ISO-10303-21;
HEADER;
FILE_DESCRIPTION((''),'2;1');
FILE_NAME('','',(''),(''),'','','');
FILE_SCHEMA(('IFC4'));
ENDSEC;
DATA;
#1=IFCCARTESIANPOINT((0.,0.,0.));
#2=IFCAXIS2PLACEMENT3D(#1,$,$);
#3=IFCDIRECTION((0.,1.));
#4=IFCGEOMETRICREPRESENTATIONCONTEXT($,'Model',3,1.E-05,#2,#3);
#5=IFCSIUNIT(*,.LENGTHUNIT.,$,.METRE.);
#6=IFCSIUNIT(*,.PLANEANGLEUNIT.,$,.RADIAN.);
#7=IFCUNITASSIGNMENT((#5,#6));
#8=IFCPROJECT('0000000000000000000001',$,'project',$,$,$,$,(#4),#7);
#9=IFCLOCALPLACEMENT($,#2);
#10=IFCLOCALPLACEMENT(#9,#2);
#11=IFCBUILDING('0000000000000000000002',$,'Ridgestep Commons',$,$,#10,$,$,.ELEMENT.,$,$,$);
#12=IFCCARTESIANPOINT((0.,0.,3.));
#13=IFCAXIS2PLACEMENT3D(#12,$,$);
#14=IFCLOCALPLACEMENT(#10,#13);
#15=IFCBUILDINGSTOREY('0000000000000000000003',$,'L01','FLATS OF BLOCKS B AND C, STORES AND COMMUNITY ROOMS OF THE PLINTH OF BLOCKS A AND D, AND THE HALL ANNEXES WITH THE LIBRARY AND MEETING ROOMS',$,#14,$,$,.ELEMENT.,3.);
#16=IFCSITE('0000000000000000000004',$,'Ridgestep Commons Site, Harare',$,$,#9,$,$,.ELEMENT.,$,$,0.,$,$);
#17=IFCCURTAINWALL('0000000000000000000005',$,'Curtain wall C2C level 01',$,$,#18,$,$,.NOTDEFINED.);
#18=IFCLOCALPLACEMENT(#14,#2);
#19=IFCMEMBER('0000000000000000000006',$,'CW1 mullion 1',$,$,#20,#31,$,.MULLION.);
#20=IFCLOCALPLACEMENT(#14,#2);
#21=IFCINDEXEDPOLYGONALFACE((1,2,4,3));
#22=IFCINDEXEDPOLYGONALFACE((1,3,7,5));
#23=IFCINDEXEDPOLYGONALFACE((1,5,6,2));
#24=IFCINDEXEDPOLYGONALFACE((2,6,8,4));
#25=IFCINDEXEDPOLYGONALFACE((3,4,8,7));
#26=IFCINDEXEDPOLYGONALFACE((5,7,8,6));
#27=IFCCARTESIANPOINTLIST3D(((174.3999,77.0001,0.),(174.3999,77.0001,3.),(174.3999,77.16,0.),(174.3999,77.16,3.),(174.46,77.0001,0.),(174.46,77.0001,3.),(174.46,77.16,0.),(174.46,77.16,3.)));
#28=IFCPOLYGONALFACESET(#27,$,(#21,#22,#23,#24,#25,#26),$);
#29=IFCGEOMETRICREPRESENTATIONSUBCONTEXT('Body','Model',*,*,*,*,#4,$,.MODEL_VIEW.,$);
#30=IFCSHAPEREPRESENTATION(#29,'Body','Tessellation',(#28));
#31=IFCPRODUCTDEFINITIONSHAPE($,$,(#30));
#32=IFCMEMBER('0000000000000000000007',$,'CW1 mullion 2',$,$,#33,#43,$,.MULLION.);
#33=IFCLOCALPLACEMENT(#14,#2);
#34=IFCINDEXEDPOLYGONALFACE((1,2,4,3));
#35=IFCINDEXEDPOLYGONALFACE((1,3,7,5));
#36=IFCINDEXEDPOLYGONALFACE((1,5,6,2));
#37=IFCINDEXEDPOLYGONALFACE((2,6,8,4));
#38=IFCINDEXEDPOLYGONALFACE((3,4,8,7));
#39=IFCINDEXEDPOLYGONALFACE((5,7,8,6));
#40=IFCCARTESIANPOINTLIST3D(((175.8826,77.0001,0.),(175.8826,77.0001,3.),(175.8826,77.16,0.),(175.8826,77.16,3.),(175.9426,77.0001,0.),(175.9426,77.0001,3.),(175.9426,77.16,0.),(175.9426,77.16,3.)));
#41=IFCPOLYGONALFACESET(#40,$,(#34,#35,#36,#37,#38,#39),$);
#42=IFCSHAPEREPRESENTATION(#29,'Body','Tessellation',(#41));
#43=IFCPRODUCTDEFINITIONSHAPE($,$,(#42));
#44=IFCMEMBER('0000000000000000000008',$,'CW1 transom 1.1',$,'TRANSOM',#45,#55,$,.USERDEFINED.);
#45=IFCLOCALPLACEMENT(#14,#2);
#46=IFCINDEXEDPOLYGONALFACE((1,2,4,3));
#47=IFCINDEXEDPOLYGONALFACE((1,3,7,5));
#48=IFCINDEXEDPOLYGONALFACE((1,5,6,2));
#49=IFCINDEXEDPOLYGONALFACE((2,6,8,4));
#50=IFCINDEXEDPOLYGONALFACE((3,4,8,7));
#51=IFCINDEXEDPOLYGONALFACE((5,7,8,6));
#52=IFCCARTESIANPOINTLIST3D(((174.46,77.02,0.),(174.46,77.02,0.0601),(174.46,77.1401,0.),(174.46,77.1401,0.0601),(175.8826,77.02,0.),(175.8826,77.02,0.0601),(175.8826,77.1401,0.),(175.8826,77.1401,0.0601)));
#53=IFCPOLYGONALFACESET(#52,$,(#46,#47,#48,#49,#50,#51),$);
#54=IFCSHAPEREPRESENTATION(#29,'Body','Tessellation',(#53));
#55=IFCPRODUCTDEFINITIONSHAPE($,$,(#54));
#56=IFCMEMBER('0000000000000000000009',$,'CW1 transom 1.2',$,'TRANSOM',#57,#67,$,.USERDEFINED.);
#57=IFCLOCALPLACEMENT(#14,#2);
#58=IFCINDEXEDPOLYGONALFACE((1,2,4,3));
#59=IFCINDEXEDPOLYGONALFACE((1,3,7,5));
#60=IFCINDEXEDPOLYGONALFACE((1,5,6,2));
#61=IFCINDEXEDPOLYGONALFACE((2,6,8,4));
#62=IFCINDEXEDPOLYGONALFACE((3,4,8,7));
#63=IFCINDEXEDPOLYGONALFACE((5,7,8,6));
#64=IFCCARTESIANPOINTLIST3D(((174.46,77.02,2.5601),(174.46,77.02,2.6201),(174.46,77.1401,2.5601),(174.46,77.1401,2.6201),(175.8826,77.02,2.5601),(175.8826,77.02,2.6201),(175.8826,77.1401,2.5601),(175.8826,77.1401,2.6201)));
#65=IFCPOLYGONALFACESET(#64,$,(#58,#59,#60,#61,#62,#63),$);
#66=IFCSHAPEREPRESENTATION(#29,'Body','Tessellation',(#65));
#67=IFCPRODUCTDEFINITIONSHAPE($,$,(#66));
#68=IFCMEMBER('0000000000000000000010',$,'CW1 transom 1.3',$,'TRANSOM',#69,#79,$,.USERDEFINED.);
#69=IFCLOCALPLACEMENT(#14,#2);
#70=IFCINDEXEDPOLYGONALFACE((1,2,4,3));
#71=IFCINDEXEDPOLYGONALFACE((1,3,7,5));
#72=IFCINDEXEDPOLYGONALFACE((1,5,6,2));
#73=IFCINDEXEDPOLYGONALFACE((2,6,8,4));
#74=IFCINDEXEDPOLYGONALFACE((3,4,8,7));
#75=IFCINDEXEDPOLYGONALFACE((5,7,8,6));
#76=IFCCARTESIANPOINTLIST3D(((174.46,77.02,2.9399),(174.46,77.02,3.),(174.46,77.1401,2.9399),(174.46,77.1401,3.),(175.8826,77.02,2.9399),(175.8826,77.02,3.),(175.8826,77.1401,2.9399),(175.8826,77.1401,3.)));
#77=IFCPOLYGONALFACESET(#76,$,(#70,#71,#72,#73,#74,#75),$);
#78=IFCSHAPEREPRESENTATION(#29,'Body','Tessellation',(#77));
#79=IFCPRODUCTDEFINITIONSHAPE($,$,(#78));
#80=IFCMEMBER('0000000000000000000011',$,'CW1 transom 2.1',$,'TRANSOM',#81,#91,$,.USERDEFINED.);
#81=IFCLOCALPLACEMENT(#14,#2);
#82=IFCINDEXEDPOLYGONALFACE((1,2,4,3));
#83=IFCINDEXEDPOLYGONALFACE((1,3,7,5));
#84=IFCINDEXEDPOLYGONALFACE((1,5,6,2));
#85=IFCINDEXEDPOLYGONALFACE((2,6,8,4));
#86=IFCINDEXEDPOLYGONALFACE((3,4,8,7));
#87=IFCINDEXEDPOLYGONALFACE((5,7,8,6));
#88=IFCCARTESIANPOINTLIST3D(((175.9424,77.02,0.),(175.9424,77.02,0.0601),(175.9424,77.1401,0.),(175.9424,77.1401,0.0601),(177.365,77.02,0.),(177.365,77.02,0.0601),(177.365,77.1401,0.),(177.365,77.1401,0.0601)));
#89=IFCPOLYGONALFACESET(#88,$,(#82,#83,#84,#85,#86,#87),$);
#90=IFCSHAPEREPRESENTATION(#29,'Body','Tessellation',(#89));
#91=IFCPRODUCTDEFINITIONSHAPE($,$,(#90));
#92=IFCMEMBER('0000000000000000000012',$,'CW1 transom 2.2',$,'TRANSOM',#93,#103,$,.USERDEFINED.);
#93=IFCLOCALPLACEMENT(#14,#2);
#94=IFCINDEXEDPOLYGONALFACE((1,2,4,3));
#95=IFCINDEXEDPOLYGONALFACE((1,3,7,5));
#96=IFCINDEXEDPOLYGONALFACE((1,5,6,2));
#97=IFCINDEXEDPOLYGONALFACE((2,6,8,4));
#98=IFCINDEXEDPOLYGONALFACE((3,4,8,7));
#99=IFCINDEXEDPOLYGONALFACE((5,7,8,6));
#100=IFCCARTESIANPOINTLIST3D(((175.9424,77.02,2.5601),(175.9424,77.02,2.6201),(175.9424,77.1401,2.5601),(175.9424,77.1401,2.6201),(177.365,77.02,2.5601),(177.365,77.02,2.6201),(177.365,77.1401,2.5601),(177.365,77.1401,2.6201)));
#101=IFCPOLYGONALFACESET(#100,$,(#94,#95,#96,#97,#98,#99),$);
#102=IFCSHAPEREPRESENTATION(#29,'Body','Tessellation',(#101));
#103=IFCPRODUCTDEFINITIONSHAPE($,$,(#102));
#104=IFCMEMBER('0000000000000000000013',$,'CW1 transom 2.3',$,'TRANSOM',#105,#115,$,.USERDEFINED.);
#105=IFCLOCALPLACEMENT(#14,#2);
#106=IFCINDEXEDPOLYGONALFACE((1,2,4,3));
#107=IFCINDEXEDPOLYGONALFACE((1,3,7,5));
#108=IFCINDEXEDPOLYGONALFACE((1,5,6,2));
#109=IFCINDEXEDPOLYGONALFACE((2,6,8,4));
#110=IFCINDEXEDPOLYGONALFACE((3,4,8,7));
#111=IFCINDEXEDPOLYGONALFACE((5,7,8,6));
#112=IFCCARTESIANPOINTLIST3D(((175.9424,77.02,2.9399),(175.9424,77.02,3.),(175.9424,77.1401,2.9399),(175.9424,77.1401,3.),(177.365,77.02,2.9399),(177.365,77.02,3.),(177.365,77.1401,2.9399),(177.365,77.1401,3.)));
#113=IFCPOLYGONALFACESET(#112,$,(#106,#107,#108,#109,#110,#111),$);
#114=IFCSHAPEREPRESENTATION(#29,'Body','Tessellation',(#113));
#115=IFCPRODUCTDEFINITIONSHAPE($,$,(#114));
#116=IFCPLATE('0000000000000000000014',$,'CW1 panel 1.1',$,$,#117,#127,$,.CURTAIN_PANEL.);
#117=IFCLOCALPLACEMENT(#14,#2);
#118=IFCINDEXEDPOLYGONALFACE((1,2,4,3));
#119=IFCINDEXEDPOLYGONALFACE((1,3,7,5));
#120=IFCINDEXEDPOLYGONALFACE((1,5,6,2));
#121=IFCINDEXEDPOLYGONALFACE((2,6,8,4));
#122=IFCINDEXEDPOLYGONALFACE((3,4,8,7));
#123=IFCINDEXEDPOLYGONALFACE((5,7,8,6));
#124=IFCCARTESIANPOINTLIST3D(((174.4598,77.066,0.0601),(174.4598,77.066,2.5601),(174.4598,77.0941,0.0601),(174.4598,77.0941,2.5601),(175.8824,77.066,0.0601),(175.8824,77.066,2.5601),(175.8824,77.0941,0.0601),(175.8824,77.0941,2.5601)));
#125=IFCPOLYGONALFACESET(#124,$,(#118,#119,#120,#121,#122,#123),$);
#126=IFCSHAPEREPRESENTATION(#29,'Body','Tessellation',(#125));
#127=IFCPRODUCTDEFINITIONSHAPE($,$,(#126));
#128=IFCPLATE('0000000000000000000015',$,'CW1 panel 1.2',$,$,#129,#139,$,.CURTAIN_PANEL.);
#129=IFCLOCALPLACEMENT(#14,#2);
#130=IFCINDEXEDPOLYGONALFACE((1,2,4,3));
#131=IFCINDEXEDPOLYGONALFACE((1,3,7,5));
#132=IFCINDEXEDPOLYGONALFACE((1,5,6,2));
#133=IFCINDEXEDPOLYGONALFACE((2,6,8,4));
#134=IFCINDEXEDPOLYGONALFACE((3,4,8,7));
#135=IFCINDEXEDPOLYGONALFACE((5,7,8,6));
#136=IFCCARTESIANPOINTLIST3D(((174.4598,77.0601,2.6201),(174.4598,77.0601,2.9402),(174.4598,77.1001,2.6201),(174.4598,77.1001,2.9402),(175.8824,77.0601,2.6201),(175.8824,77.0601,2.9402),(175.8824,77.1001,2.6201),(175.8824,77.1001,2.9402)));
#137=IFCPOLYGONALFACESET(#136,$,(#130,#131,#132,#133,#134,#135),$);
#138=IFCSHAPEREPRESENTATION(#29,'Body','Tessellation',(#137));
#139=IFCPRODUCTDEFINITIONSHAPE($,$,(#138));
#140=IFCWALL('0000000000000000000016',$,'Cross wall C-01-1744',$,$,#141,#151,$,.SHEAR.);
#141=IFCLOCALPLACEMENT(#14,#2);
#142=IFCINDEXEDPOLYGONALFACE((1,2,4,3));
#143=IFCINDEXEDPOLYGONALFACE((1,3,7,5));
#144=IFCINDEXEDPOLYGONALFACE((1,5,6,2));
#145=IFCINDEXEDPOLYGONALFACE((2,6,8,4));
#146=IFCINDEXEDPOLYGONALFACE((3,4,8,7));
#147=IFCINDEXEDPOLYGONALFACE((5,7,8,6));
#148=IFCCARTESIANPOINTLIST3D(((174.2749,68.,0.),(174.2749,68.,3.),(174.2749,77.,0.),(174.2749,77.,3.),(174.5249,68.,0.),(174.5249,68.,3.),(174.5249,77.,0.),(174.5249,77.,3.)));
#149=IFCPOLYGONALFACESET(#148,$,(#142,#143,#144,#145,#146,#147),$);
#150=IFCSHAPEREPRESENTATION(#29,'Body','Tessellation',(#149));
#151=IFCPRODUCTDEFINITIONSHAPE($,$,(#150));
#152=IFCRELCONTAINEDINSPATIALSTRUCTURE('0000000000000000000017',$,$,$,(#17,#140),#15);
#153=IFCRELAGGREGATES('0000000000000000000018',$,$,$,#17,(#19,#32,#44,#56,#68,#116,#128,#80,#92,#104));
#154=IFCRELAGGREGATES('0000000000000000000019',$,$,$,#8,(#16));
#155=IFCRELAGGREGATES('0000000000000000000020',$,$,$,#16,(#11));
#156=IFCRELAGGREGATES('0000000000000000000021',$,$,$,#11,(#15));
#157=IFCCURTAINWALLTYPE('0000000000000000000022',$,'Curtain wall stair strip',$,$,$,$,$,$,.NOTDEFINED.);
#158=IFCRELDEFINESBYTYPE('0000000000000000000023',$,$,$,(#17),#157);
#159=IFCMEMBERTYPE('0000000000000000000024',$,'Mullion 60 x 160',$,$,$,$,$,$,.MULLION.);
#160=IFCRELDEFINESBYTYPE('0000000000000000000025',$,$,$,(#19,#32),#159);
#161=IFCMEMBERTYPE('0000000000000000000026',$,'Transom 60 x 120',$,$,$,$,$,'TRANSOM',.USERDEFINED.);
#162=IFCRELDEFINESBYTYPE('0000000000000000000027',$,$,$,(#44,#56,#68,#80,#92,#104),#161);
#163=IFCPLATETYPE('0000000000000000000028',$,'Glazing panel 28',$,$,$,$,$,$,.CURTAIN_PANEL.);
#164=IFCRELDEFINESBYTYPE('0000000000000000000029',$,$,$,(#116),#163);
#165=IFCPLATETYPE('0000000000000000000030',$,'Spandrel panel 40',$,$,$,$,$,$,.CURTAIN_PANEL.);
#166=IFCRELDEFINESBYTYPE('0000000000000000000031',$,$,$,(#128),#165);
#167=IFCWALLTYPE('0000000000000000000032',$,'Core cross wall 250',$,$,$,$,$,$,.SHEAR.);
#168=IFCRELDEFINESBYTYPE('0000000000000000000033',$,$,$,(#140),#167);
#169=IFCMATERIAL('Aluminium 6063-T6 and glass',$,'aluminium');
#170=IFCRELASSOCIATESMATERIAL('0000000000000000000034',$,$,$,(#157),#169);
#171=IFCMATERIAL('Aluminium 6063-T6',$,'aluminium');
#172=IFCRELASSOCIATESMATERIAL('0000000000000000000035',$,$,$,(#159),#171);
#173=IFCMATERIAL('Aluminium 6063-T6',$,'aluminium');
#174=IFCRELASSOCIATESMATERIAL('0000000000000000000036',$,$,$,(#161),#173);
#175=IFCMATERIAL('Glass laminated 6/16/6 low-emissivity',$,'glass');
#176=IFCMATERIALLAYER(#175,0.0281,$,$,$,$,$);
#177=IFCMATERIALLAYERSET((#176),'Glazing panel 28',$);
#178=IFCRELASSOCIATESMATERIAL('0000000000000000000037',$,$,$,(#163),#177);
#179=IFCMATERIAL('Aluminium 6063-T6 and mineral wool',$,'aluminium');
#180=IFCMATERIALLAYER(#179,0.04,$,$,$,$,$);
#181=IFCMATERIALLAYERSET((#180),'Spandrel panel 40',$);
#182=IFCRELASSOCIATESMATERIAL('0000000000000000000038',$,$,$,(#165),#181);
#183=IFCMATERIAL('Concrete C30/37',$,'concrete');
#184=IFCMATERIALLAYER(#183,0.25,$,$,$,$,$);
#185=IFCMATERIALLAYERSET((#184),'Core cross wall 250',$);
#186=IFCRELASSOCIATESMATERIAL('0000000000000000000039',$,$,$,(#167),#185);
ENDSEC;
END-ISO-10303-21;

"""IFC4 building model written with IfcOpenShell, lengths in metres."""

from ifc_helpers import new_model, si_unit, direction, frame, frame_2d, origin, origin_2d, place, context, subcontext, project, spatial, rectangle, extrude, material, layer, layer_set, material_profile, profile_set, type_object, element, aggregate, save


model = new_model("IFC4")

# Units and contexts
model_context = context("Model", 3, precision=1e-05, world=origin(), true_north=direction((0.0, 1.0)))
body_context = subcontext(model_context, "Body", "Model", "MODEL_VIEW")
ifc_project = project(units=[si_unit("LENGTHUNIT", "METRE"), si_unit("PLANEANGLEUNIT", "RADIAN")], contexts=[model_context])

# Site, building, storey
site_placement = place(None, origin())
site = spatial("IfcSite", under=ifc_project, at=site_placement, Name="Ridgestep Commons Site, Harare", CompositionType="ELEMENT", RefElevation=0.0)
building_placement = place(site_placement, origin())
building = spatial("IfcBuilding", under=site, at=building_placement, Name="Ridgestep Commons", CompositionType="ELEMENT")
storey_placement = place(building_placement, frame((0.0, 0.0, 3.0)))
storey = spatial("IfcBuildingStorey", under=building, at=storey_placement, Name="L01", Description="FLATS OF BLOCKS B AND C, STORES AND COMMUNITY ROOMS OF THE PLINTH OF BLOCKS A AND D, AND THE HALL ANNEXES WITH THE LIBRARY AND MEETING ROOMS", CompositionType="ELEMENT", Elevation=3.0)

# Curtain wall, members, plates
ifc_material_1 = material(Name="Aluminium 6063-T6 and glass", Category="aluminium")
curtain_wall_type = type_object("IfcCurtainWallType", Name="Curtain wall stair strip", PredefinedType="NOTDEFINED", material=ifc_material_1)
curtain_wall_placement = place(storey_placement, origin())
curtain_wall = element("IfcCurtainWall", 1, at=curtain_wall_placement, inside=storey, type_object=curtain_wall_type, Name="Curtain wall C2C level 01", PredefinedType="NOTDEFINED")
ifc_material_2 = material(Name="Aluminium 6063-T6", Category="aluminium")
ifc_material_profile_1 = material_profile(ifc_material_2, rectangle(XDim=0.1599, YDim=0.0601, at=origin_2d()), Name="Mullion 60 x 160")
ifc_profile_set_1 = profile_set([ifc_material_profile_1], Name="Aluminium 6063-T6")
member_type_1 = type_object("IfcMemberType", Name="Mullion 60 x 160", PredefinedType="MULLION", material=ifc_profile_set_1)
member_1_placement = place(storey_placement, frame((174.4299, 77.0801, 0.0), z_axis=(0.0, 0.0, 1.0), x_axis=(0.0, 1.0, 0.0)))
member_1 = element("IfcMember", 2, at=member_1_placement, type_object=member_type_1, Name="CW1 mullion 1", PredefinedType="MULLION", context=body_context, shape_type="SweptSolid", body=[
    extrude(rectangle(XDim=0.1599, YDim=0.0601, at=origin_2d()), origin(), (0.0, 0.0, 1.0), 3.0),
])
member_2_placement = place(storey_placement, frame((175.9126, 77.0801, 0.0), z_axis=(0.0, 0.0, 1.0), x_axis=(0.0, 1.0, 0.0)))
member_2 = element("IfcMember", 3, at=member_2_placement, type_object=member_type_1, Name="CW1 mullion 2", PredefinedType="MULLION", context=body_context, shape_type="SweptSolid", body=[
    extrude(rectangle(XDim=0.1599, YDim=0.0601, at=origin_2d()), origin(), (0.0, 0.0, 1.0), 3.0),
])
ifc_material_3 = material(Name="Aluminium 6063-T6", Category="aluminium")
ifc_material_profile_2 = material_profile(ifc_material_3, rectangle(XDim=0.1201, YDim=0.0601, at=origin_2d()), Name="Transom 60 x 120")
ifc_profile_set_2 = profile_set([ifc_material_profile_2], Name="Aluminium 6063-T6")
member_type_2 = type_object("IfcMemberType", Name="Transom 60 x 120", ElementType="TRANSOM", PredefinedType="USERDEFINED", material=ifc_profile_set_2)
member_3_placement = place(storey_placement, frame((174.46, 77.0801, 0.03), z_axis=(1.0, 0.0, 0.0), x_axis=(0.0, 1.0, 0.0)))
member_3 = element("IfcMember", 4, at=member_3_placement, type_object=member_type_2, Name="CW1 transom 1.1", ObjectType="TRANSOM", PredefinedType="USERDEFINED", context=body_context, shape_type="SweptSolid", body=[
    extrude(rectangle(XDim=0.1201, YDim=0.0601, at=origin_2d()), origin(), (0.0, 0.0, 1.0), 1.4226),
])
member_4_placement = place(storey_placement, frame((174.46, 77.0801, 2.5901), z_axis=(1.0, 0.0, 0.0), x_axis=(0.0, 1.0, 0.0)))
member_4 = element("IfcMember", 5, at=member_4_placement, type_object=member_type_2, Name="CW1 transom 1.2", ObjectType="TRANSOM", PredefinedType="USERDEFINED", context=body_context, shape_type="SweptSolid", body=[
    extrude(rectangle(XDim=0.1201, YDim=0.0601, at=origin_2d()), origin(), (0.0, 0.0, 1.0), 1.4226),
])
member_5_placement = place(storey_placement, frame((174.46, 77.0801, 2.97), z_axis=(1.0, 0.0, 0.0), x_axis=(0.0, 1.0, 0.0)))
member_5 = element("IfcMember", 6, at=member_5_placement, type_object=member_type_2, Name="CW1 transom 1.3", ObjectType="TRANSOM", PredefinedType="USERDEFINED", context=body_context, shape_type="SweptSolid", body=[
    extrude(rectangle(XDim=0.1201, YDim=0.0601, at=origin_2d()), origin(), (0.0, 0.0, 1.0), 1.4226),
])
member_6_placement = place(storey_placement, frame((175.9424, 77.0801, 0.03), z_axis=(1.0, 0.0, 0.0), x_axis=(0.0, 1.0, 0.0)))
member_6 = element("IfcMember", 7, at=member_6_placement, type_object=member_type_2, Name="CW1 transom 2.1", ObjectType="TRANSOM", PredefinedType="USERDEFINED", context=body_context, shape_type="SweptSolid", body=[
    extrude(rectangle(XDim=0.1201, YDim=0.0601, at=origin_2d()), origin(), (0.0, 0.0, 1.0), 1.4226),
])
member_7_placement = place(storey_placement, frame((175.9424, 77.0801, 2.5901), z_axis=(1.0, 0.0, 0.0), x_axis=(0.0, 1.0, 0.0)))
member_7 = element("IfcMember", 8, at=member_7_placement, type_object=member_type_2, Name="CW1 transom 2.2", ObjectType="TRANSOM", PredefinedType="USERDEFINED", context=body_context, shape_type="SweptSolid", body=[
    extrude(rectangle(XDim=0.1201, YDim=0.0601, at=origin_2d()), origin(), (0.0, 0.0, 1.0), 1.4226),
])
member_8_placement = place(storey_placement, frame((175.9424, 77.0801, 2.97), z_axis=(1.0, 0.0, 0.0), x_axis=(0.0, 1.0, 0.0)))
member_8 = element("IfcMember", 9, at=member_8_placement, type_object=member_type_2, Name="CW1 transom 2.3", ObjectType="TRANSOM", PredefinedType="USERDEFINED", context=body_context, shape_type="SweptSolid", body=[
    extrude(rectangle(XDim=0.1201, YDim=0.0601, at=origin_2d()), origin(), (0.0, 0.0, 1.0), 1.4226),
])
ifc_material_4 = material(Name="Glass laminated 6/16/6 low-emissivity", Category="glass")
ifc_layer_1 = layer(ifc_material_4, 0.0281)
ifc_layer_set_1 = layer_set([ifc_layer_1], Name="Glazing panel 28")
plate_type_1 = type_object("IfcPlateType", Name="Glazing panel 28", PredefinedType="CURTAIN_PANEL", material=ifc_layer_set_1)
plate_1_placement = place(storey_placement, frame((175.1711, 77.0801, 0.0601), z_axis=(0.0, 0.0, 1.0), x_axis=(1.0, 0.0, 0.0)))
plate_1 = element("IfcPlate", 10, at=plate_1_placement, type_object=plate_type_1, Name="CW1 panel 1.1", PredefinedType="CURTAIN_PANEL", context=body_context, shape_type="SweptSolid", body=[
    extrude(rectangle(XDim=1.4226, YDim=0.0281, at=origin_2d()), origin(), (0.0, 0.0, 1.0), 2.5),
])
ifc_material_5 = material(Name="Aluminium 6063-T6 and mineral wool", Category="aluminium")
ifc_layer_2 = layer(ifc_material_5, 0.04)
ifc_layer_set_2 = layer_set([ifc_layer_2], Name="Spandrel panel 40")
plate_type_2 = type_object("IfcPlateType", Name="Spandrel panel 40", PredefinedType="CURTAIN_PANEL", material=ifc_layer_set_2)
plate_2_placement = place(storey_placement, frame((175.1711, 77.0801, 2.6201), z_axis=(0.0, 0.0, 1.0), x_axis=(1.0, 0.0, 0.0)))
plate_2 = element("IfcPlate", 11, at=plate_2_placement, type_object=plate_type_2, Name="CW1 panel 1.2", PredefinedType="CURTAIN_PANEL", context=body_context, shape_type="SweptSolid", body=[
    extrude(rectangle(XDim=1.4226, YDim=0.04, at=origin_2d()), origin(), (0.0, 0.0, 1.0), 0.3201),
])
aggregate(curtain_wall, [member_1, member_2, member_3, member_4, member_5, plate_1, plate_2, member_6, member_7, member_8])

# Wall
ifc_material_6 = material(Name="Concrete C30/37", Category="concrete")
ifc_layer_3 = layer(ifc_material_6, 0.25)
ifc_layer_set_3 = layer_set([ifc_layer_3], Name="Core cross wall 250")
wall_type_1 = type_object("IfcWallType", Name="Core cross wall 250", PredefinedType="SHEAR", material=ifc_layer_set_3)
wall_1_placement = place(storey_placement, frame((174.3999, 68.0, 0.0), z_axis=(0.0, 0.0, 1.0), x_axis=(0.0, 1.0, 0.0)))
element("IfcWall", 12, at=wall_1_placement, inside=storey, type_object=wall_type_1, Name="Cross wall C-01-1744", PredefinedType="SHEAR", context=body_context, shape_type="SweptSolid", body=[
    extrude(rectangle(XDim=9.0, YDim=0.25, at=frame_2d((4.5, 0.0))), origin(), (0.0, 0.0, 1.0), 3.0),
])

save(model, "model.ifc")
